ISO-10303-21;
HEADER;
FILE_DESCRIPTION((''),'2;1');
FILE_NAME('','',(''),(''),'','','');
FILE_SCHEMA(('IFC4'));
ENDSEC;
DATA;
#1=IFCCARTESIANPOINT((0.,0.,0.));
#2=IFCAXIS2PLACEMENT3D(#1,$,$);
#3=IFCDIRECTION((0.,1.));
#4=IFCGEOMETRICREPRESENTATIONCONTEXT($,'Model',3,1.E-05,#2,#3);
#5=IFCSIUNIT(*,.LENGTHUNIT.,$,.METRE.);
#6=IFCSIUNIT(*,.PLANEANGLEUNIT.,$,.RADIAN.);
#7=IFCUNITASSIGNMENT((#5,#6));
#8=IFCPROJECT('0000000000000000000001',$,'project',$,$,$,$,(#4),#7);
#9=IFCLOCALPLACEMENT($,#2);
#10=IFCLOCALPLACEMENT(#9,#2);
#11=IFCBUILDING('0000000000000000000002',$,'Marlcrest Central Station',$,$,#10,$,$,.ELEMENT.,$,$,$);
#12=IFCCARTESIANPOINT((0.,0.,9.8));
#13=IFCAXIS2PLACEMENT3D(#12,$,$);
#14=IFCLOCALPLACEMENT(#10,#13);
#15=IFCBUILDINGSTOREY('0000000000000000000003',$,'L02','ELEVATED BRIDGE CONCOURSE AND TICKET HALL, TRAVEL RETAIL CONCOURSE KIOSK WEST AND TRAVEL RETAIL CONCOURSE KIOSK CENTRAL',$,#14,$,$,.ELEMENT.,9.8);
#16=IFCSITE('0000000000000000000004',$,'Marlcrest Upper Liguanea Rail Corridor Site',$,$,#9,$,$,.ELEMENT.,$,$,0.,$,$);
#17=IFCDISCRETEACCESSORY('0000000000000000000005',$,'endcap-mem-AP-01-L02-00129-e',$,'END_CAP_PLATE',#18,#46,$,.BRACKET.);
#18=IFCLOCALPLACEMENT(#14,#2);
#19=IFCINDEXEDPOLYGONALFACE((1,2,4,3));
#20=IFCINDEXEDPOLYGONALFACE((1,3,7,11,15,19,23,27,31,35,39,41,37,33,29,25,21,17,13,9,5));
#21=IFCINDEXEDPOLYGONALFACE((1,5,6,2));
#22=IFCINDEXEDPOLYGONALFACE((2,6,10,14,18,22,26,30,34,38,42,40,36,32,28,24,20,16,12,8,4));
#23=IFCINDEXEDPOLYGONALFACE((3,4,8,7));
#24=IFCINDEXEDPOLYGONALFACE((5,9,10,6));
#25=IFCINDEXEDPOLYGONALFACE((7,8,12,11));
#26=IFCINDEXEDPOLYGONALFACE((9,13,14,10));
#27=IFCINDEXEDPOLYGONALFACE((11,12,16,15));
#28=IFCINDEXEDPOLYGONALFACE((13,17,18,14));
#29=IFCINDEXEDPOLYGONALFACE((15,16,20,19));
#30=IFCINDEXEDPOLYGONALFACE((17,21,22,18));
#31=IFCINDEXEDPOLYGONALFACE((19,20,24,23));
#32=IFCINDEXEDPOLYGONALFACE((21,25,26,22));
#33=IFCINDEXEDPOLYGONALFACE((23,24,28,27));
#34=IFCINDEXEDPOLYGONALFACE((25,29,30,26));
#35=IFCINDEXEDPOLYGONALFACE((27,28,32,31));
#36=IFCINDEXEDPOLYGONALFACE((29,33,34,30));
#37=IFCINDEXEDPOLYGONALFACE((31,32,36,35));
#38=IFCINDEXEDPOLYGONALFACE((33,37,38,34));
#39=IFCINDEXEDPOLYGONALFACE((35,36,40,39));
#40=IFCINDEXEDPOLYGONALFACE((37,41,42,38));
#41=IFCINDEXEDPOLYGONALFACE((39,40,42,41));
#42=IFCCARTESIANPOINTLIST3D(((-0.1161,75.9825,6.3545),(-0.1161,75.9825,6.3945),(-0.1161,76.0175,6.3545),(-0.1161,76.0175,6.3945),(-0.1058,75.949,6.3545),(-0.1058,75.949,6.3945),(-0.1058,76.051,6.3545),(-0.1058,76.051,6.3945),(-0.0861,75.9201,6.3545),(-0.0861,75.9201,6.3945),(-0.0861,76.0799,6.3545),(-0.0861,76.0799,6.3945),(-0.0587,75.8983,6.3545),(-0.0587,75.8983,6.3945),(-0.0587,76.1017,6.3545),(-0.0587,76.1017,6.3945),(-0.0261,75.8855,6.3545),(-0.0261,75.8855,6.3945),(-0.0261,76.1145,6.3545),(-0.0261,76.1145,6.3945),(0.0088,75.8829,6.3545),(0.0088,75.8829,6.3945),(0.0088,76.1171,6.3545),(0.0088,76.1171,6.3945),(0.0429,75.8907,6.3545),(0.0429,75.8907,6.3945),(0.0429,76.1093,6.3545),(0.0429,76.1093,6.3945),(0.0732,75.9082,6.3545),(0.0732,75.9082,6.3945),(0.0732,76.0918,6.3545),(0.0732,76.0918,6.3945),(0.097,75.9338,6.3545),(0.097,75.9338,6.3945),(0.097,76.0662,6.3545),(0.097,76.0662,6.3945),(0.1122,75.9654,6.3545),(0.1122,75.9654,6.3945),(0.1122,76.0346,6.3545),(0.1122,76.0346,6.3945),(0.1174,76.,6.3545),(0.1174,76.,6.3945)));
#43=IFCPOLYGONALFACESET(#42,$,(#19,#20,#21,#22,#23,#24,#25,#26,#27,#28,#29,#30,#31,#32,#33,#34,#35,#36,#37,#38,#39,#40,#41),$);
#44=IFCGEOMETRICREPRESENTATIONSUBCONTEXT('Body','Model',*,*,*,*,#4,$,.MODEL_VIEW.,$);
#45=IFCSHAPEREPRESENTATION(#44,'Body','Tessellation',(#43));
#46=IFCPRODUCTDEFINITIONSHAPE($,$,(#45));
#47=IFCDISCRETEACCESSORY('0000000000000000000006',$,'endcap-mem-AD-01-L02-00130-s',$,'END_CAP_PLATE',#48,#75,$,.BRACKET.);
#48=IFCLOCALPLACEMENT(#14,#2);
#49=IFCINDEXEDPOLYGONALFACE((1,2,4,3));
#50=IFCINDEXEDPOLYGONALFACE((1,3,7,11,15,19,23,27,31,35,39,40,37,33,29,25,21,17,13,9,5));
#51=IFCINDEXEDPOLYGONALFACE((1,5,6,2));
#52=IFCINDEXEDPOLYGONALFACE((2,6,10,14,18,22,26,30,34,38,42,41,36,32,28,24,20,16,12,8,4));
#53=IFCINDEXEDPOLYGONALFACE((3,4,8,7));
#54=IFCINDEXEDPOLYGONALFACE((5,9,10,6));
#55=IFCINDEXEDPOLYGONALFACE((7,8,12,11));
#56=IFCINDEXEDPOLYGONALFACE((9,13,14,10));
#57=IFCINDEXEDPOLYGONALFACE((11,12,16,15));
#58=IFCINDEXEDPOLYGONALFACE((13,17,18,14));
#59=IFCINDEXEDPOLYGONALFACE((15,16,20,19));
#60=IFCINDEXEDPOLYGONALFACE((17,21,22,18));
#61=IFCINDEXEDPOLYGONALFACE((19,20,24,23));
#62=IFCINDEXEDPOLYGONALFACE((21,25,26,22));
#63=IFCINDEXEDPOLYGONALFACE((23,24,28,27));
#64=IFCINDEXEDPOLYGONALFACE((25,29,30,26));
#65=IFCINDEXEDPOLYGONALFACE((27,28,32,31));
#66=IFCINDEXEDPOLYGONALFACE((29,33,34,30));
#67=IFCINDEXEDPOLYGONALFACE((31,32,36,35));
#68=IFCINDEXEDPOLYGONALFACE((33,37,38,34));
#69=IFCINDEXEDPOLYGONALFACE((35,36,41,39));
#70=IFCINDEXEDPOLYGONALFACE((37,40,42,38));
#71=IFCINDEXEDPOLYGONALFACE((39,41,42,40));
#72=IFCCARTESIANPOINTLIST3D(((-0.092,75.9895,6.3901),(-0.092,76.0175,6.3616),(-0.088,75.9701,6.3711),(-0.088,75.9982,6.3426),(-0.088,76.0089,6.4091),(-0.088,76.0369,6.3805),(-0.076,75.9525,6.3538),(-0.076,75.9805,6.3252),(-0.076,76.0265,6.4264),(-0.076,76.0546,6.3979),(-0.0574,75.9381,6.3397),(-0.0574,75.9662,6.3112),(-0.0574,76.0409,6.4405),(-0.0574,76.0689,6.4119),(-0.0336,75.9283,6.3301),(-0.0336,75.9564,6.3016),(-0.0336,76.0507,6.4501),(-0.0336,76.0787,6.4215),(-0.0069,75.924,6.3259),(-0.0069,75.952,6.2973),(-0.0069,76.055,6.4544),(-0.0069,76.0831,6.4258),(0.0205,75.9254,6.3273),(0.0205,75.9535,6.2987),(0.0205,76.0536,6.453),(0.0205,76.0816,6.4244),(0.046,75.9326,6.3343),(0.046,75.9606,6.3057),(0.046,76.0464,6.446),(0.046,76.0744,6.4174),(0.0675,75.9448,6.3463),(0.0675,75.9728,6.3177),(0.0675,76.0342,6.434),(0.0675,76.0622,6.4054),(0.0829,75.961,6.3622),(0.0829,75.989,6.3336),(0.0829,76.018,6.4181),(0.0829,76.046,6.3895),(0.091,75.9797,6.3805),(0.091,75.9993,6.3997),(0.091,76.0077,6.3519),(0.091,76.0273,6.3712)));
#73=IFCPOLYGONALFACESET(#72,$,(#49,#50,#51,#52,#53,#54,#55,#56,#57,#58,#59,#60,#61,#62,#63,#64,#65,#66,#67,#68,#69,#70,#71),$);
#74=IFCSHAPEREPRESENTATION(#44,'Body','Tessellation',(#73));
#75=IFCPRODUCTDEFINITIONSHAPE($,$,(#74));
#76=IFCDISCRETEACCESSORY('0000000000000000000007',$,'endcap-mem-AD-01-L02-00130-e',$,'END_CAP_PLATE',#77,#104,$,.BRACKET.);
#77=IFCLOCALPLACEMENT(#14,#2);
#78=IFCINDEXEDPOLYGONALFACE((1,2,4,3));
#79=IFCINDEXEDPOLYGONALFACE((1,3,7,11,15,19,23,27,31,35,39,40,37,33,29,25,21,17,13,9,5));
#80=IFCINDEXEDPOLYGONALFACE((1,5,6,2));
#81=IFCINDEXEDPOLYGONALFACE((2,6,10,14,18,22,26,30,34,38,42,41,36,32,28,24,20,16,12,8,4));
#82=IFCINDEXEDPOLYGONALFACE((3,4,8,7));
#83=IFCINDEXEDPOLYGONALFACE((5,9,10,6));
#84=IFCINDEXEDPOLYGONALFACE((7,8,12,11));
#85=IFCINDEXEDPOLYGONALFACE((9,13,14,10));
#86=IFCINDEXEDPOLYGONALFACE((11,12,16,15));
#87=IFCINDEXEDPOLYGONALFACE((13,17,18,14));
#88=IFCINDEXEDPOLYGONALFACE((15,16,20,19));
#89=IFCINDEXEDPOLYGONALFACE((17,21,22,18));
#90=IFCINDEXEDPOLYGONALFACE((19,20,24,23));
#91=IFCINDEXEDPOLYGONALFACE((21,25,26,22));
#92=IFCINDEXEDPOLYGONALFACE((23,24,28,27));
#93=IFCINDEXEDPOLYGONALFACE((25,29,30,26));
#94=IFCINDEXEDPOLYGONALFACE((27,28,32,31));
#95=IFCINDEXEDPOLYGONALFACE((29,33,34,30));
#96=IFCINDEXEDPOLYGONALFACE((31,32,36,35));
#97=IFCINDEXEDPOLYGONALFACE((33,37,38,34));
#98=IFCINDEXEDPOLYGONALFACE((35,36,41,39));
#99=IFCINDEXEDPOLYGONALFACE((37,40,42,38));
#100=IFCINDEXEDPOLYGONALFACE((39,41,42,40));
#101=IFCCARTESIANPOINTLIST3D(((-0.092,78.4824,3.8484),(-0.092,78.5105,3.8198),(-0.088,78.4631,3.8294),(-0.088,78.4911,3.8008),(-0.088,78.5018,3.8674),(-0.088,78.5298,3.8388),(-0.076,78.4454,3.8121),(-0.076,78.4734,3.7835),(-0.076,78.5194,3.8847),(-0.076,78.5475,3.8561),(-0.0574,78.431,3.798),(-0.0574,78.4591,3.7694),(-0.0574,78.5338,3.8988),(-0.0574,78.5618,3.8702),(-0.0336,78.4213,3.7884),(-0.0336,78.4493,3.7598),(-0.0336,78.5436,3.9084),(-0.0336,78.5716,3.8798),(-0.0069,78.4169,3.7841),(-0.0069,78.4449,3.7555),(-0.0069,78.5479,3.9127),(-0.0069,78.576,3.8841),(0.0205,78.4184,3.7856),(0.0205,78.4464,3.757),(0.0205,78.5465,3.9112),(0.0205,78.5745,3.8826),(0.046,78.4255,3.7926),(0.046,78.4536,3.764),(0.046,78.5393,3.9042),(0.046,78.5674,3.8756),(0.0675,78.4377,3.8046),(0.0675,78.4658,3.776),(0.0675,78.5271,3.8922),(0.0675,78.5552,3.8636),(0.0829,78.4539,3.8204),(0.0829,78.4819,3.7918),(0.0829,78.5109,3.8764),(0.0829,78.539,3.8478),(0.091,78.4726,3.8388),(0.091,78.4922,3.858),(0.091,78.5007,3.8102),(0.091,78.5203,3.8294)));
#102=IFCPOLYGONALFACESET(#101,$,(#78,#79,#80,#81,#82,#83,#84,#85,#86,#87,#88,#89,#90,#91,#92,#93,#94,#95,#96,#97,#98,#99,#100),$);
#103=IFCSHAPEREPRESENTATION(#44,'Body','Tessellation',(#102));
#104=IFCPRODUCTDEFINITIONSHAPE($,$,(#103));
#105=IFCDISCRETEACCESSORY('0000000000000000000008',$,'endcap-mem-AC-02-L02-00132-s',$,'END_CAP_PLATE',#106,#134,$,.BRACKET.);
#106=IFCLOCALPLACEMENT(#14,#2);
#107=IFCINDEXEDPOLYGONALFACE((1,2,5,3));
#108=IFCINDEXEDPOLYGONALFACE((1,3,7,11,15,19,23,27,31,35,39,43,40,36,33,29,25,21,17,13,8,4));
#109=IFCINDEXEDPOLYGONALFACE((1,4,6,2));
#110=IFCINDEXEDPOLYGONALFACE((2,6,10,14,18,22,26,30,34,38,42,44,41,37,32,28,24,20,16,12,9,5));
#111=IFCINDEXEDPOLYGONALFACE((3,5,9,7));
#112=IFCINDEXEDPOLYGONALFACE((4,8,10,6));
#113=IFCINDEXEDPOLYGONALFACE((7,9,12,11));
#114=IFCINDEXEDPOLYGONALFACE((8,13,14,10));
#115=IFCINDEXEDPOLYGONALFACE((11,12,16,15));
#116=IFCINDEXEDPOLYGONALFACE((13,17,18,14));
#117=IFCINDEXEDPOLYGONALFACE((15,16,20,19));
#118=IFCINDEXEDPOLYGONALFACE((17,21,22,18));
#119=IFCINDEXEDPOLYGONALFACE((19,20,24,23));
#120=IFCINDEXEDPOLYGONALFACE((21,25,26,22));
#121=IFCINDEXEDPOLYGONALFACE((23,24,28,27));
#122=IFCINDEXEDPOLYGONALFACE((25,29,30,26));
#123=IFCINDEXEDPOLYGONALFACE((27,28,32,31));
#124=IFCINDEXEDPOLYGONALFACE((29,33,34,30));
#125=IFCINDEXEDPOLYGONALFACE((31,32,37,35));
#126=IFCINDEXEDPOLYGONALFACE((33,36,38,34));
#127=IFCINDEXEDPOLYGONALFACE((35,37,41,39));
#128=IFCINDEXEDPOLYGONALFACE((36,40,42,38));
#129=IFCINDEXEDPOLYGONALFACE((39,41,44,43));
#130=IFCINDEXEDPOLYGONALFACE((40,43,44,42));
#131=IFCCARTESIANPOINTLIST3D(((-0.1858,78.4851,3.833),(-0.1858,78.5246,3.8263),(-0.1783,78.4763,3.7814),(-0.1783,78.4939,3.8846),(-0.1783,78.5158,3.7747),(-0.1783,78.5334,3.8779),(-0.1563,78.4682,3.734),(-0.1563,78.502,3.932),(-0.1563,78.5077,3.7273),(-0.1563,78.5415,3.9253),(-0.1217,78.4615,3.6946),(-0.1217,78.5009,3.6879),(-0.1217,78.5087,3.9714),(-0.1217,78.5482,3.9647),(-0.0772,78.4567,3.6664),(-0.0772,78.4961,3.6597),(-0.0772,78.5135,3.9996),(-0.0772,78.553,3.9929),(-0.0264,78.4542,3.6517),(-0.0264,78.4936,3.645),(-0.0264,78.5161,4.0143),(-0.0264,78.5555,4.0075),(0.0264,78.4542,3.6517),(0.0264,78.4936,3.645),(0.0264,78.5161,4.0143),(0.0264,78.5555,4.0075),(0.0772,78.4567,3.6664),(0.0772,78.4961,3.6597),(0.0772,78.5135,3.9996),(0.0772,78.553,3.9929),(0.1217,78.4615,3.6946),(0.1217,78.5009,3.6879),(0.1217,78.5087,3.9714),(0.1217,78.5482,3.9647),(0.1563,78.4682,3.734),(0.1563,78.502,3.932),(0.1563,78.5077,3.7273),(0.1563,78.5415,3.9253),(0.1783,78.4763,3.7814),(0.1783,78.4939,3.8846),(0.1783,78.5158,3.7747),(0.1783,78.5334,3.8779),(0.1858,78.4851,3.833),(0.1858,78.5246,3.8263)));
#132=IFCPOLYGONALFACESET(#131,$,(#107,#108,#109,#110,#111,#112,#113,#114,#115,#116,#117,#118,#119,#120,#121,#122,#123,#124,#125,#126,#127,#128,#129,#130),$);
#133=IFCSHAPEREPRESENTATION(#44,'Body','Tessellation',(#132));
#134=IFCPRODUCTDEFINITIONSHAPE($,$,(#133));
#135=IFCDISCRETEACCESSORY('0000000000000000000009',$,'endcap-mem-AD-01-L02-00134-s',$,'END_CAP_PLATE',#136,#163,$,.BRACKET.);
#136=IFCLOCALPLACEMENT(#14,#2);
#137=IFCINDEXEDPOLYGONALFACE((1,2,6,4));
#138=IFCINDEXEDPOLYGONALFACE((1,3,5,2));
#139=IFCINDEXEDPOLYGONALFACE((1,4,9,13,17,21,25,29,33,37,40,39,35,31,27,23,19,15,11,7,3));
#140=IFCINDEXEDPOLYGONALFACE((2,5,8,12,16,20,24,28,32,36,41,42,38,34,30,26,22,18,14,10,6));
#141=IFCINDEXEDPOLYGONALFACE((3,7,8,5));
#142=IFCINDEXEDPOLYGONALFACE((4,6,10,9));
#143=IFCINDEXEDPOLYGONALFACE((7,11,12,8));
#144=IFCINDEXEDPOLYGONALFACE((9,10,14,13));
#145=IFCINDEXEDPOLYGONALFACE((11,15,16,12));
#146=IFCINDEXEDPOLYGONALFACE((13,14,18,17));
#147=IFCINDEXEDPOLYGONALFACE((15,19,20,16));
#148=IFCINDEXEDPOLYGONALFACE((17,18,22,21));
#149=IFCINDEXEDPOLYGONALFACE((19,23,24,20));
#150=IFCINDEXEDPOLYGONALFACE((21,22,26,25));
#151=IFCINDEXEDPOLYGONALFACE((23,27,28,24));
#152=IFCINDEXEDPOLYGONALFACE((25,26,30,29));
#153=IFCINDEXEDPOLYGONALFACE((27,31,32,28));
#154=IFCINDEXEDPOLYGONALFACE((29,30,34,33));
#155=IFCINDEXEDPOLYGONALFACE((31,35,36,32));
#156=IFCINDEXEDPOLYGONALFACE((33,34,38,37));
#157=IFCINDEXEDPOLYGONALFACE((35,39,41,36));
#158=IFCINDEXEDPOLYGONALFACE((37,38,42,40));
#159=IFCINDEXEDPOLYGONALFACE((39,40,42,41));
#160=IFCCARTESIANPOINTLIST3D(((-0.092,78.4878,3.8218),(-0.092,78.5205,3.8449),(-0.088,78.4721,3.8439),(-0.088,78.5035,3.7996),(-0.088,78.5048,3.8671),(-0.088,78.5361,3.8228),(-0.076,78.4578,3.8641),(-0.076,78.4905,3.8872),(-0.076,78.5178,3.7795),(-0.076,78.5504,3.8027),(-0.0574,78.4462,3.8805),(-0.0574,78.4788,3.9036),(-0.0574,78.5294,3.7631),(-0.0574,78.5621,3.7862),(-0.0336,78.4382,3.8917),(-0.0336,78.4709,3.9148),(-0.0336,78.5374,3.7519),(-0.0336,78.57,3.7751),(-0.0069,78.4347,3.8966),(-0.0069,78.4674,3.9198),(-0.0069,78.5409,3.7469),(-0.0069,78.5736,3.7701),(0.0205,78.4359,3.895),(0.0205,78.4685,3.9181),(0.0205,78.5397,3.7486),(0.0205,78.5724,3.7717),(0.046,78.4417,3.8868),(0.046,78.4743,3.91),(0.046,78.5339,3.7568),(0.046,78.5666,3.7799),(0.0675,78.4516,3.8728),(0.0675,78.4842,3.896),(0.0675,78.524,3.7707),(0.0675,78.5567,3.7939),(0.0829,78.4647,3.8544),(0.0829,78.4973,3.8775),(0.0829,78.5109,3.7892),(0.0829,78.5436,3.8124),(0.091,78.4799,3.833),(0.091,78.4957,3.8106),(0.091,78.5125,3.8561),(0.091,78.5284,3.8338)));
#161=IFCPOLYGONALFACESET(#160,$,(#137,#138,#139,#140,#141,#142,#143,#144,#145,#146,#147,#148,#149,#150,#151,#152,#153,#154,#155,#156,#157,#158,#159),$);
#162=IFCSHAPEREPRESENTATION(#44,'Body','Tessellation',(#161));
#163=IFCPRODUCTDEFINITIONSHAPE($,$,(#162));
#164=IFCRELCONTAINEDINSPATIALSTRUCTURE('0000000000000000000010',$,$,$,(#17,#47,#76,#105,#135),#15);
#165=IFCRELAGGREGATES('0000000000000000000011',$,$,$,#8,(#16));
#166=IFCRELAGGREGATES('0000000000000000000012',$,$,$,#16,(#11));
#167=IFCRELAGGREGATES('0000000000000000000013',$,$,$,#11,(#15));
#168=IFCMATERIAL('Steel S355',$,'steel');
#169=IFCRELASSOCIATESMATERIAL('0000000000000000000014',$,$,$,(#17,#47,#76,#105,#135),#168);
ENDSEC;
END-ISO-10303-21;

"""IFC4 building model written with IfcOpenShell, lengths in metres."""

from ifc_helpers import new_model, si_unit, direction, frame, origin, origin_2d, place, context, subcontext, project, spatial, circle, extrude, material, element, save


model = new_model("IFC4")

# Units and contexts
model_context = context("Model", 3, precision=1e-05, world=origin(), true_north=direction((0.0, 1.0)))
body_context = subcontext(model_context, "Body", "Model", "MODEL_VIEW")
ifc_project = project(units=[si_unit("LENGTHUNIT", "METRE"), si_unit("PLANEANGLEUNIT", "RADIAN")], contexts=[model_context])

# Site, building, storey
site_placement = place(None, origin())
site = spatial("IfcSite", under=ifc_project, at=site_placement, Name="Marlcrest Upper Liguanea Rail Corridor Site", CompositionType="ELEMENT", RefElevation=0.0)
building_placement = place(site_placement, origin())
building = spatial("IfcBuilding", under=site, at=building_placement, Name="Marlcrest Central Station", CompositionType="ELEMENT")
storey_placement = place(building_placement, frame((0.0, 0.0, 9.8)))
storey = spatial("IfcBuildingStorey", under=building, at=storey_placement, Name="L02", Description="ELEVATED BRIDGE CONCOURSE AND TICKET HALL, TRAVEL RETAIL CONCOURSE KIOSK WEST AND TRAVEL RETAIL CONCOURSE KIOSK CENTRAL", CompositionType="ELEMENT", Elevation=9.8)

# Shared definitions
ifc_material = material(Name="Steel S355", Category="steel")

# Discrete accessories
for number, where, z_axis, x_axis, name in (
    (1, (0.0, 76.0, 6.3545), (0.0, 0.0, 1.0), (1.0, 0.0, 0.0), "endcap-mem-AP-01-L02-00129-e"),
):
    element("IfcDiscreteAccessory", number, at=place(storey_placement, frame(where, z_axis=z_axis, x_axis=x_axis)), inside=storey, material=ifc_material, Name=name, ObjectType="END_CAP_PLATE", PredefinedType="BRACKET", context=body_context, shape_type="SweptSolid", body=[
        extrude(circle(Radius=0.1174, at=origin_2d()), origin(), (0.0, 0.0, 1.0), 0.04),
    ])
for number, where, z_axis, x_axis, name in (
    (2, (0.0, 75.9895, 6.3901), (0.0, 0.700235, -0.713912), (-1.0, 0.0, 0.0), "endcap-mem-AD-01-L02-00130-s"),
    (3, (0.0, 78.4824, 3.8484), (0.0, 0.700235, -0.713912), (-1.0, 0.0, 0.0), "endcap-mem-AD-01-L02-00130-e"),
):
    element("IfcDiscreteAccessory", number, at=place(storey_placement, frame(where, z_axis=z_axis, x_axis=x_axis)), inside=storey, material=ifc_material, Name=name, ObjectType="END_CAP_PLATE", PredefinedType="BRACKET", context=body_context, shape_type="SweptSolid", body=[
        extrude(circle(Radius=0.092, at=origin_2d()), origin(), (0.0, 0.0, 1.0), 0.04),
    ])
discrete_accessory_1_placement = place(storey_placement, frame((0.0, 78.4851, 3.833), z_axis=(0.0, 0.985741, -0.168269), x_axis=(-1.0, 0.0, 0.0)))
element("IfcDiscreteAccessory", 4, at=discrete_accessory_1_placement, inside=storey, material=ifc_material, Name="endcap-mem-AC-02-L02-00132-s", ObjectType="END_CAP_PLATE", PredefinedType="BRACKET", context=body_context, shape_type="SweptSolid", body=[
    extrude(circle(Radius=0.1858, at=origin_2d()), origin(), (0.0, 0.0, 1.0), 0.04),
])
discrete_accessory_2_placement = place(storey_placement, frame((0.0, 78.4878, 3.8218), z_axis=(0.0, 0.815661, 0.57853), x_axis=(-1.0, 0.0, 0.0)))
element("IfcDiscreteAccessory", 5, at=discrete_accessory_2_placement, inside=storey, material=ifc_material, Name="endcap-mem-AD-01-L02-00134-s", ObjectType="END_CAP_PLATE", PredefinedType="BRACKET", context=body_context, shape_type="SweptSolid", body=[
    extrude(circle(Radius=0.092, at=origin_2d()), origin(), (0.0, 0.0, 1.0), 0.04),
])

save(model, "model.ifc")
